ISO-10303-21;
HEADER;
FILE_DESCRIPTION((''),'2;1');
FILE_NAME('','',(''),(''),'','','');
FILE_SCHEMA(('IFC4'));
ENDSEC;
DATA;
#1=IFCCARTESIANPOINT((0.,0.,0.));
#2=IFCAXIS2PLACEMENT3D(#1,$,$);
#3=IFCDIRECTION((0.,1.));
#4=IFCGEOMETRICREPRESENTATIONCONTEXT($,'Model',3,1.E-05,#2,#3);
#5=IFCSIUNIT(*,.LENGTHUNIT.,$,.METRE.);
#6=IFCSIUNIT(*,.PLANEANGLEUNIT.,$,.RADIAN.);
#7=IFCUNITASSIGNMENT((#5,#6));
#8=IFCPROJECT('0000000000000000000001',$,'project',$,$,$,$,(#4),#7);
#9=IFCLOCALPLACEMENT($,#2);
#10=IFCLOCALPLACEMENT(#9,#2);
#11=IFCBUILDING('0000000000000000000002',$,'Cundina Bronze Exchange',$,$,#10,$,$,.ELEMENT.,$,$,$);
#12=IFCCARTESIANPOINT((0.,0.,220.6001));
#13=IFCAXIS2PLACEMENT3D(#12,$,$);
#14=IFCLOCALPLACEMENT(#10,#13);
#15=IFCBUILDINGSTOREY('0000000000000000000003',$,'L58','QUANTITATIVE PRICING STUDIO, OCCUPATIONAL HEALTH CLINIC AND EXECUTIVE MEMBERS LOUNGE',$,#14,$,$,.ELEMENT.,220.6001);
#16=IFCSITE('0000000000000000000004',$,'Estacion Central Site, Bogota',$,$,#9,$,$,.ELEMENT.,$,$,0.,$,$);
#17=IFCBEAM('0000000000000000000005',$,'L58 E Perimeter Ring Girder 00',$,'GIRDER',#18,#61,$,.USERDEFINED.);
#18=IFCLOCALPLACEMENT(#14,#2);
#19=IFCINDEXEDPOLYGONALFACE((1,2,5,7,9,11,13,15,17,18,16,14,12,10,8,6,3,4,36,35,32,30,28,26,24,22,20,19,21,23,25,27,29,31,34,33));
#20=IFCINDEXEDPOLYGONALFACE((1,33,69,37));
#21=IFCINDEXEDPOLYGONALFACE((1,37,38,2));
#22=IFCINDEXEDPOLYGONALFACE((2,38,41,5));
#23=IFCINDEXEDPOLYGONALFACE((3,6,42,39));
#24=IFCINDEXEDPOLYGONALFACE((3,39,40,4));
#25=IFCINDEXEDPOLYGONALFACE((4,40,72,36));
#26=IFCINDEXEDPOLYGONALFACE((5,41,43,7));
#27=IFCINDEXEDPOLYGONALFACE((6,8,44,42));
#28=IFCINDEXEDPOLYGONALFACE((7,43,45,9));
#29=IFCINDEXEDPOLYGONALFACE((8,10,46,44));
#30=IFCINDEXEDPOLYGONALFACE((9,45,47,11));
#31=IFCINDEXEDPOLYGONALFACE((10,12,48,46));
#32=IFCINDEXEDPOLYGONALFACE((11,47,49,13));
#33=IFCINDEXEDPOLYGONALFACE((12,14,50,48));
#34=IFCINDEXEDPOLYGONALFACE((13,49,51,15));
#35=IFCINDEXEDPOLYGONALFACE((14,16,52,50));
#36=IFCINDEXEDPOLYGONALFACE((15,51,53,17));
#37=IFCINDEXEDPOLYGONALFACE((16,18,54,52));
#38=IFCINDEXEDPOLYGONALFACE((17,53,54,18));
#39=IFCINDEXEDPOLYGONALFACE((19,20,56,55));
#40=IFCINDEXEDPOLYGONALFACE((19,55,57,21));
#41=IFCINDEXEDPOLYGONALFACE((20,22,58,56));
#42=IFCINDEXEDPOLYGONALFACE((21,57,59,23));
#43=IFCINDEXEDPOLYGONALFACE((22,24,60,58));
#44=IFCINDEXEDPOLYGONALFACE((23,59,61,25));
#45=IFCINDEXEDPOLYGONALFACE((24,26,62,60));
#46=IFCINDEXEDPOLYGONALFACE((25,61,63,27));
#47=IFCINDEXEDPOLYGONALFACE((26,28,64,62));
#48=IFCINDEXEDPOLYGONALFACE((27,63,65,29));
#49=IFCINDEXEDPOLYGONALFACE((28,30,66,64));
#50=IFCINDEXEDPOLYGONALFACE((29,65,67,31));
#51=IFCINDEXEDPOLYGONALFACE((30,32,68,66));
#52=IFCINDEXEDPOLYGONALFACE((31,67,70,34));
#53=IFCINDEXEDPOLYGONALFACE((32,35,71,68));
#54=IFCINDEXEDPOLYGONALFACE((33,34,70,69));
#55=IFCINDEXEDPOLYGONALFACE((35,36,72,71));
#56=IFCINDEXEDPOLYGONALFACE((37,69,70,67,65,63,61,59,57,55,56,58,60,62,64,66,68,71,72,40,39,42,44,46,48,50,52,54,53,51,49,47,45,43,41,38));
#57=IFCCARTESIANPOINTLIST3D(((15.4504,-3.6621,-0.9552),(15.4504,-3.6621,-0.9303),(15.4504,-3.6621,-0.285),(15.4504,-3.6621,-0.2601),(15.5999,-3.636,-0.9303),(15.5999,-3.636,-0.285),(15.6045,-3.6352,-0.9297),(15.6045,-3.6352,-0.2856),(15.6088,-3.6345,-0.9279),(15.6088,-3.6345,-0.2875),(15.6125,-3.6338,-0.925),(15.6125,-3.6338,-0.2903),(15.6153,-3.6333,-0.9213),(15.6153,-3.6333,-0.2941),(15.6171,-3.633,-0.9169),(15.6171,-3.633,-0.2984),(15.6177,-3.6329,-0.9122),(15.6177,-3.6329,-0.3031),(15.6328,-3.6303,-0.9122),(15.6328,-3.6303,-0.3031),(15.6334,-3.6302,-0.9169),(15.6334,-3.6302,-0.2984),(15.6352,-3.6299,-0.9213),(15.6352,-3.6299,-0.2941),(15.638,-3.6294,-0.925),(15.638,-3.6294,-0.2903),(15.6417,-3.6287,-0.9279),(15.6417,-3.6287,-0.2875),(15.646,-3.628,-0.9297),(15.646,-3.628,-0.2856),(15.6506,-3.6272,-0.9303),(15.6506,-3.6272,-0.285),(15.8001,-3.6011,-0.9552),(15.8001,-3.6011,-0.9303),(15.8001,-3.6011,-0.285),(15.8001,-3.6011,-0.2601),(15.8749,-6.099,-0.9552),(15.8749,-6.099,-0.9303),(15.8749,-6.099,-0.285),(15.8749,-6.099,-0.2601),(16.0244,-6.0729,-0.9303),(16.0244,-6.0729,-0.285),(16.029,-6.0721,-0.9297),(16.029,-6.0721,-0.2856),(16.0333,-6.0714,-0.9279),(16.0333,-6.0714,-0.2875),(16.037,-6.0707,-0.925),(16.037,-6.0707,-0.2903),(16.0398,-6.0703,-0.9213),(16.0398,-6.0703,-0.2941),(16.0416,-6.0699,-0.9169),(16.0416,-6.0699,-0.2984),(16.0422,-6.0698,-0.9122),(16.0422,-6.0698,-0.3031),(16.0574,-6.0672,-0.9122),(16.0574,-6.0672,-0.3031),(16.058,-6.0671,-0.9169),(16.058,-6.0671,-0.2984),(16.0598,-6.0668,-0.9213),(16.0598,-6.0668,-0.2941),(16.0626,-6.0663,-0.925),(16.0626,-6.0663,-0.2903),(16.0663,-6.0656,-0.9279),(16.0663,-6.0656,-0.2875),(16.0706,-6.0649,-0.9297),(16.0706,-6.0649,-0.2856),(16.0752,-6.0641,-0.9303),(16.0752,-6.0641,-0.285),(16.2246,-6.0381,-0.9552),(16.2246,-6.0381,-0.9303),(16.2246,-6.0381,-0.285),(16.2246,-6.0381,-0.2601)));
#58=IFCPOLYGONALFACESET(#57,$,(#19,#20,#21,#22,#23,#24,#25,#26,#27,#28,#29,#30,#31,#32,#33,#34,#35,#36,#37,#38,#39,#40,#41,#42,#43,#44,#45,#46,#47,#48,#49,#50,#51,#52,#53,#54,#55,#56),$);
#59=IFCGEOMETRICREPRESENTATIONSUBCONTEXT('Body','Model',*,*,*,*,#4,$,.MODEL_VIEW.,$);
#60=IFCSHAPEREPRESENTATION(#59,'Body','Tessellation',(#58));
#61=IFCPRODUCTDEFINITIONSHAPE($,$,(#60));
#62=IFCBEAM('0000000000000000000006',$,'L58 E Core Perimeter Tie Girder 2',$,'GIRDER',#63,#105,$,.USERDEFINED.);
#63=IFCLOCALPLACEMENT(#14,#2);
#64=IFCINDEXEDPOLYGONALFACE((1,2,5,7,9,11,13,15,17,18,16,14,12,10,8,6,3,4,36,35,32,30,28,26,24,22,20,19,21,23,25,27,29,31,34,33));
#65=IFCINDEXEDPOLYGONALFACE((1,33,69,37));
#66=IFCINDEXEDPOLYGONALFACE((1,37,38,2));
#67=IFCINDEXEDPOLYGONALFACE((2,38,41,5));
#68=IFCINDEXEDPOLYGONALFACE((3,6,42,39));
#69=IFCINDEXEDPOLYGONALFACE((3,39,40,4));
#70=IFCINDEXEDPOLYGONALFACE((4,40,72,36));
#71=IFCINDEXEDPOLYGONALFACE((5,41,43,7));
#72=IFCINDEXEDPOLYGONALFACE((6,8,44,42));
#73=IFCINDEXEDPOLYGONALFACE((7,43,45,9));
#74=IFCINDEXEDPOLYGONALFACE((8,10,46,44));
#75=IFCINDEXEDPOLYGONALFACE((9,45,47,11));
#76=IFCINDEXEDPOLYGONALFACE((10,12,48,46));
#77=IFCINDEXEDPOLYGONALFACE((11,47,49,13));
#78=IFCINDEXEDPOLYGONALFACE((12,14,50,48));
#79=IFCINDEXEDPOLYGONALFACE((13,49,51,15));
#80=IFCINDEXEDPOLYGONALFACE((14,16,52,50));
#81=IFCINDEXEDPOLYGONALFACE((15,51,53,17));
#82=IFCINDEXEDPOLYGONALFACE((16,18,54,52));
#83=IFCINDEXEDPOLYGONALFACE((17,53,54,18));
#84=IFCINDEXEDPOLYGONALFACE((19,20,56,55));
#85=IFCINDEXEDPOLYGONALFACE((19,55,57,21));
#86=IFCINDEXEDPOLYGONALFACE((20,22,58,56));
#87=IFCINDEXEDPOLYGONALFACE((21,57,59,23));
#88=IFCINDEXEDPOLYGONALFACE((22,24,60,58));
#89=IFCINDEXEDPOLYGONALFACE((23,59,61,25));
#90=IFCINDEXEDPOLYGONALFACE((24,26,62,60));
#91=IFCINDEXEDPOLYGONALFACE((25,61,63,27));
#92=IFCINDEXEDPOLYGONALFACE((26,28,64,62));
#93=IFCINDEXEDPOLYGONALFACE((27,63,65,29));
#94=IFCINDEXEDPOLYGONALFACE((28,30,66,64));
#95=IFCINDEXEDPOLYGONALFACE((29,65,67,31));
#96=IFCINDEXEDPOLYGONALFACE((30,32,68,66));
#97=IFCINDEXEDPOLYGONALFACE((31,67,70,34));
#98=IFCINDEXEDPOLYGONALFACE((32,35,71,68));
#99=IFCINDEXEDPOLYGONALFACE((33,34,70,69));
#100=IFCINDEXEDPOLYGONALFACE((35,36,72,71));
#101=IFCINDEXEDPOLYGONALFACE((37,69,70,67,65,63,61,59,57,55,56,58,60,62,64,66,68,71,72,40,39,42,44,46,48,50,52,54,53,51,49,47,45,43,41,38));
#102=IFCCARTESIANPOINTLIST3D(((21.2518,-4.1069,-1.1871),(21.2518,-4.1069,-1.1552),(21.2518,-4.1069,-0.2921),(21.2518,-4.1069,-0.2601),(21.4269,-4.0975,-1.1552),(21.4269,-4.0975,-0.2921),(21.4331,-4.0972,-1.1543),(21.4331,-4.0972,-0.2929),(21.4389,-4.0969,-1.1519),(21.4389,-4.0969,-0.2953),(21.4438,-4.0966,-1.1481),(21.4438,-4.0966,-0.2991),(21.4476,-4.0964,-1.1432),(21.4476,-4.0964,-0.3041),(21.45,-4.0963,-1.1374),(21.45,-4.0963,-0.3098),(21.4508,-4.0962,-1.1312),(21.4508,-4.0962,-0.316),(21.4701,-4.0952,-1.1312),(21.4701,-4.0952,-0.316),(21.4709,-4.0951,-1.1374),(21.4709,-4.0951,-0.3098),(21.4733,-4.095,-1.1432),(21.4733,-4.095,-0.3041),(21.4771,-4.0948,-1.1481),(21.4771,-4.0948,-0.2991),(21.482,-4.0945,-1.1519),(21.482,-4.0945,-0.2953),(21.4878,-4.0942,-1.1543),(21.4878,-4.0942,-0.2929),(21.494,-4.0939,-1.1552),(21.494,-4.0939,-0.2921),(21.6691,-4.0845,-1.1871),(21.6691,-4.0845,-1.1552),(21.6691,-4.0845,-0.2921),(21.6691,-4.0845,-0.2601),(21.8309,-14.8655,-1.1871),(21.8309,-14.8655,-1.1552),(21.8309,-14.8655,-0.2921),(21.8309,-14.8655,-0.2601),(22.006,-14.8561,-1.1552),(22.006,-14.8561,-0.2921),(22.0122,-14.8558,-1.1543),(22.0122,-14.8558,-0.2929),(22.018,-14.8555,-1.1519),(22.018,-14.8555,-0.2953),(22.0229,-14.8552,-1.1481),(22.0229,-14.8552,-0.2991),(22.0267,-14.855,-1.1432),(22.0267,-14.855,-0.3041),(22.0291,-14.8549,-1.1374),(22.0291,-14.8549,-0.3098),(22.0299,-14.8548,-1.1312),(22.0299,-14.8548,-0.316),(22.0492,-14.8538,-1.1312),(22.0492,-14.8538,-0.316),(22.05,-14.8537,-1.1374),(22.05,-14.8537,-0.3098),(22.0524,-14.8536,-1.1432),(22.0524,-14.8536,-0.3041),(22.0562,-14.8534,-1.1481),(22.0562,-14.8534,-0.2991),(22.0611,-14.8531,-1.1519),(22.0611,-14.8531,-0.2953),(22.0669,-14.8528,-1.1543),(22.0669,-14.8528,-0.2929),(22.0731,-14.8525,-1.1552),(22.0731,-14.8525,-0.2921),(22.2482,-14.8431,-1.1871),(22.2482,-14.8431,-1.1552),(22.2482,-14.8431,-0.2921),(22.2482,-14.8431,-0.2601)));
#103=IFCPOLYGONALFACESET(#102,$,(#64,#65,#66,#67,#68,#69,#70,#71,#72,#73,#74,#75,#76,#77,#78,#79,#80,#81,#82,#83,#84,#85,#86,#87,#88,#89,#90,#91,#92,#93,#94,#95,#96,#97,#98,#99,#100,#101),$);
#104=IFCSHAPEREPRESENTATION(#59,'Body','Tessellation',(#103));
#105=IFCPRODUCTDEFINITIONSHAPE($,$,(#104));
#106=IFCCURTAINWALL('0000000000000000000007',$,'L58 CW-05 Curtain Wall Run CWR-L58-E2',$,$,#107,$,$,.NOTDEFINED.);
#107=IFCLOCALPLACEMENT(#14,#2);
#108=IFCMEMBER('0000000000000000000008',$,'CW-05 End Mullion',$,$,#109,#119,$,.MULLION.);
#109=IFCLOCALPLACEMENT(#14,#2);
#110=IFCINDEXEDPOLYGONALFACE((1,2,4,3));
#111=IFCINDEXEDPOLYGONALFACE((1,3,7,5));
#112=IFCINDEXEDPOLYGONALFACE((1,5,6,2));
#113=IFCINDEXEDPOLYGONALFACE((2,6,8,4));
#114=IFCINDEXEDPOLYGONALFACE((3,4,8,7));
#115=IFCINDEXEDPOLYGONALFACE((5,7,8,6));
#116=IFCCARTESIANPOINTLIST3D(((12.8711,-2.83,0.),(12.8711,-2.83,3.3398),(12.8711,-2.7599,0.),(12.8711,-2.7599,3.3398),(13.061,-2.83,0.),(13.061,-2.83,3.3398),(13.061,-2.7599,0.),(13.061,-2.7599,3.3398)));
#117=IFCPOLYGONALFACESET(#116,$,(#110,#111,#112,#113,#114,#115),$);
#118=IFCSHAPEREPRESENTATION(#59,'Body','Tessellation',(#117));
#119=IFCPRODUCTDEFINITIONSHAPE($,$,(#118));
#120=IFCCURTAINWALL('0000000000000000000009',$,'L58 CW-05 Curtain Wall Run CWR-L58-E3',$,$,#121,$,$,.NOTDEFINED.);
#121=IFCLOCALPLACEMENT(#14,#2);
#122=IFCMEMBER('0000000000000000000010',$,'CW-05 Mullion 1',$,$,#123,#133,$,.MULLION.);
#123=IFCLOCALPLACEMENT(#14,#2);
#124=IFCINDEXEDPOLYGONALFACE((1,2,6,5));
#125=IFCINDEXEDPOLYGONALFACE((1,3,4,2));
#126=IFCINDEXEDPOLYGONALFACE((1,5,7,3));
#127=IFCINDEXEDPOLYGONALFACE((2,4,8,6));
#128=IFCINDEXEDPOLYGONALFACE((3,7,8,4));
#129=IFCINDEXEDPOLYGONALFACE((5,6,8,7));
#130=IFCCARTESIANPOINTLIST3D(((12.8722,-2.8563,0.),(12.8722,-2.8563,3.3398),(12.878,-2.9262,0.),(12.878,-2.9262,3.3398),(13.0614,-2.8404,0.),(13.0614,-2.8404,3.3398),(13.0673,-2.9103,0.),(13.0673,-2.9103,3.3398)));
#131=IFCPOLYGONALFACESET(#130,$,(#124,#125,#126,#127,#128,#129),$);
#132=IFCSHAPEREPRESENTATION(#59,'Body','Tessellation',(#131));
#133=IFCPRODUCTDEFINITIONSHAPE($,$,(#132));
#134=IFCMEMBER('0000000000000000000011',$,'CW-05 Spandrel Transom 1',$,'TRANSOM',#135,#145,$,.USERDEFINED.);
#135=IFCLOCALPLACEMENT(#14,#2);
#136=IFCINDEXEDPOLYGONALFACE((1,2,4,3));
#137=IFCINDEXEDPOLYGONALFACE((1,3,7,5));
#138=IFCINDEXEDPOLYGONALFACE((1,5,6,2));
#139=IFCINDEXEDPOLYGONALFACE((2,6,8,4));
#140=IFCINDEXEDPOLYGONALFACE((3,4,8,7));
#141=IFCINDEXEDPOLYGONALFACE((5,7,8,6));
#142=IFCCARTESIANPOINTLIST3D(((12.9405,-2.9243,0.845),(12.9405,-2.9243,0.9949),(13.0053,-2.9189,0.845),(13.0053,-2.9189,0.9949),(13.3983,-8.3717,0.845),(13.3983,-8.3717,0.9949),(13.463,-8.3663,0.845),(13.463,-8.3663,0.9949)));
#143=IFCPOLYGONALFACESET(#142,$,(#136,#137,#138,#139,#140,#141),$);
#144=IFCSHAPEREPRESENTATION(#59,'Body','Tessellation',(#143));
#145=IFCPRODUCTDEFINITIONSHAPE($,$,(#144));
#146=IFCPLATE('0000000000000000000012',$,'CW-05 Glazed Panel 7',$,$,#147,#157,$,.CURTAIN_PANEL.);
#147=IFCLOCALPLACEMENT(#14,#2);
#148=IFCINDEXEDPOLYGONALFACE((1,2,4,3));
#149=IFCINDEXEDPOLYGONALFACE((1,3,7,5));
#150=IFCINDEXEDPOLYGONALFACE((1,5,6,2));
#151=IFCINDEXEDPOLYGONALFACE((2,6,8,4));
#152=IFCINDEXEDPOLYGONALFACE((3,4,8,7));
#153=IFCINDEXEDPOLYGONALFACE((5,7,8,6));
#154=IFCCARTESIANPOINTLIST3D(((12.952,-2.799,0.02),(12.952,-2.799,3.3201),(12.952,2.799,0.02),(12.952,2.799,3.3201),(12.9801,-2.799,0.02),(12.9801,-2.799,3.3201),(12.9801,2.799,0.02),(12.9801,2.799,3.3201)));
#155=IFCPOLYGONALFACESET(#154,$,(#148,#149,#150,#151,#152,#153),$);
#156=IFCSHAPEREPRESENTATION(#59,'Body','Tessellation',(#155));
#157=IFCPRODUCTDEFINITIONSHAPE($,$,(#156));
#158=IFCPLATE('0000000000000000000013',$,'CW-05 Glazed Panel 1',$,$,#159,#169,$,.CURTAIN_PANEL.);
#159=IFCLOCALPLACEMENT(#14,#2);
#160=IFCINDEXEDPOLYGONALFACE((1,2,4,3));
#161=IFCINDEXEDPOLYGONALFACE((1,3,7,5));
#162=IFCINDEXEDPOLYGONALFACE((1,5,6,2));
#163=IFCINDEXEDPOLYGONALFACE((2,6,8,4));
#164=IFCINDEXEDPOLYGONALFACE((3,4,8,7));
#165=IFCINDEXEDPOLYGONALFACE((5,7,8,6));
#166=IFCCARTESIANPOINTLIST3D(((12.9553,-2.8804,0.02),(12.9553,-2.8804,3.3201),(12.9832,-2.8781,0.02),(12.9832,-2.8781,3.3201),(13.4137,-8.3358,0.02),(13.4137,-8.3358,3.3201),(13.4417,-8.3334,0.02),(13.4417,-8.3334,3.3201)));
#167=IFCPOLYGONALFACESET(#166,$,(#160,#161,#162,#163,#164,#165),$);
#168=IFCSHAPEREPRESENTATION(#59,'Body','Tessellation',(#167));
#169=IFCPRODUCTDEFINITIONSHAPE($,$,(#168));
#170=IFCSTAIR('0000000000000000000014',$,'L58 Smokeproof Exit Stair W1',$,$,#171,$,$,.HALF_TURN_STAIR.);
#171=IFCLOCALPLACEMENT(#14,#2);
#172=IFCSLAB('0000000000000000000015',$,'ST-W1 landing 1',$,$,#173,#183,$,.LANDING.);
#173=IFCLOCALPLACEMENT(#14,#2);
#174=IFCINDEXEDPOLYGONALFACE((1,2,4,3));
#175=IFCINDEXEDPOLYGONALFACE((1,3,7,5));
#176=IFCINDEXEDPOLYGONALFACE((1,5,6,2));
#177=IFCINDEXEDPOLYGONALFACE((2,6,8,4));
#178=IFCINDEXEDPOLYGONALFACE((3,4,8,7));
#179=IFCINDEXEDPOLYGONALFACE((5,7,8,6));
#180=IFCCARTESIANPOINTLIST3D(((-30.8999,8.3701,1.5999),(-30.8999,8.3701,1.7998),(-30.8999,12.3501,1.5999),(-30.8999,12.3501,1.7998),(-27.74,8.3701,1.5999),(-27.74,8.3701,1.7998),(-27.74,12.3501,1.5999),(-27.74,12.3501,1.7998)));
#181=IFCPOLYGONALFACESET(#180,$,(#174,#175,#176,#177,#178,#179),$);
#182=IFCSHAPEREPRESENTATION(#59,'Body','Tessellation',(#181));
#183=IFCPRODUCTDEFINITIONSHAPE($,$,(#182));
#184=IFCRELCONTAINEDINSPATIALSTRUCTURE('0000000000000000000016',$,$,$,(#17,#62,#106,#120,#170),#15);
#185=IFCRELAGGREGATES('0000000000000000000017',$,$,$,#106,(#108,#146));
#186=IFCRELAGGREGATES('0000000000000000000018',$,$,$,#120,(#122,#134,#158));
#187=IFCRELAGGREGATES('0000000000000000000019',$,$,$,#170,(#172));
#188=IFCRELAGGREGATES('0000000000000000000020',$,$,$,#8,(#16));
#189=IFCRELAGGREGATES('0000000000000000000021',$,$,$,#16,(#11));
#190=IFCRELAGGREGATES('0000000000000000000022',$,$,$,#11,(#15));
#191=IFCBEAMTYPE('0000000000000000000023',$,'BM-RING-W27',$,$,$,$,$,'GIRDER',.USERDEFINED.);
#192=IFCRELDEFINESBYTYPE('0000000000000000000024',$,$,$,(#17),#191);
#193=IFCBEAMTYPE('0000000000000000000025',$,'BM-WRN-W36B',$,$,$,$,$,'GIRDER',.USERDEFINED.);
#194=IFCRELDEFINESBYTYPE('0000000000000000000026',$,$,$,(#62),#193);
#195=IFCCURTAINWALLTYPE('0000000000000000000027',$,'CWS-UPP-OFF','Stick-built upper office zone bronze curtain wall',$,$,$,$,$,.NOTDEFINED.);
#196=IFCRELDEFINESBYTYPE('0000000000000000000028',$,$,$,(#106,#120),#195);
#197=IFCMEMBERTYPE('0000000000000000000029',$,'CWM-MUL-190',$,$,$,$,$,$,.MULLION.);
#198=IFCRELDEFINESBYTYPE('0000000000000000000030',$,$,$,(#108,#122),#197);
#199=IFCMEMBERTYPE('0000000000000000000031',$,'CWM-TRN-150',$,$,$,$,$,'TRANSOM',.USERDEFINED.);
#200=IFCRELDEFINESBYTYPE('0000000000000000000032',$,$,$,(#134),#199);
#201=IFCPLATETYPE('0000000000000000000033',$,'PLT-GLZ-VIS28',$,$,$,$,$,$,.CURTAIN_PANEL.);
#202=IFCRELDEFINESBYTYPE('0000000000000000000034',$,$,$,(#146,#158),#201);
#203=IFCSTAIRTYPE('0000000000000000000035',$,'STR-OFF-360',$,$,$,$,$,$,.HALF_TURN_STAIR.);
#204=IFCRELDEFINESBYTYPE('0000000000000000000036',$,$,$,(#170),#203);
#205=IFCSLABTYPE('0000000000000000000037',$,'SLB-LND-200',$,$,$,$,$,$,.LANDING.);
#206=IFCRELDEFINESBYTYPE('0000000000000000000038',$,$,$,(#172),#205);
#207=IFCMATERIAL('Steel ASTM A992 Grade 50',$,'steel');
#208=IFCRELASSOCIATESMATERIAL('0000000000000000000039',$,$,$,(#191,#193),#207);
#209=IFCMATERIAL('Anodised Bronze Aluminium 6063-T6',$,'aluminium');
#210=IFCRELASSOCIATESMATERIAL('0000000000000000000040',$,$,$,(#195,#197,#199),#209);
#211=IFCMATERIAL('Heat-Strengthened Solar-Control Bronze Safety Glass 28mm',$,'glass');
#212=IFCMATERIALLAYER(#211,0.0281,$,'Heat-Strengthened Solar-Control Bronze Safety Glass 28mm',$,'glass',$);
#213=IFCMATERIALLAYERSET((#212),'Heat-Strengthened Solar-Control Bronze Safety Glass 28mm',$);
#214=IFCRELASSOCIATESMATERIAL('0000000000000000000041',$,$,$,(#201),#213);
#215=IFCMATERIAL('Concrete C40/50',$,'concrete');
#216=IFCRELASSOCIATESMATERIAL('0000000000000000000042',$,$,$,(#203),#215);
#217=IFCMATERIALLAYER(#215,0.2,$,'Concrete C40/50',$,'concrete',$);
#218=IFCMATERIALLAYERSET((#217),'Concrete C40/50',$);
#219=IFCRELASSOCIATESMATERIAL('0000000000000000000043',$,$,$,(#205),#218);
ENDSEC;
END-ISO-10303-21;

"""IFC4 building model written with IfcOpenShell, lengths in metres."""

from ifc_helpers import new_model, si_unit, direction, frame, origin, origin_2d, place, context, subcontext, project, spatial, polyline, rectangle, i_section, outline, extrude, material, layer, layer_set, material_profile, profile_set, type_object, element, aggregate, save


model = new_model("IFC4")

# Units and contexts
model_context = context("Model", 3, precision=1e-05, world=origin(), true_north=direction((0.0, 1.0)))
body_context = subcontext(model_context, "Body", "Model", "MODEL_VIEW")
ifc_project = project(units=[si_unit("LENGTHUNIT", "METRE"), si_unit("PLANEANGLEUNIT", "RADIAN")], contexts=[model_context])

# Site, building, storey
site_placement = place(None, origin())
site = spatial("IfcSite", under=ifc_project, at=site_placement, Name="Estacion Central Site, Bogota", CompositionType="ELEMENT", RefElevation=0.0)
building_placement = place(site_placement, origin())
building = spatial("IfcBuilding", under=site, at=building_placement, Name="Cundina Bronze Exchange", CompositionType="ELEMENT")
storey_placement = place(building_placement, frame((0.0, 0.0, 220.6001)))
storey = spatial("IfcBuildingStorey", under=building, at=storey_placement, Name="L58", Description="QUANTITATIVE PRICING STUDIO, OCCUPATIONAL HEALTH CLINIC AND EXECUTIVE MEMBERS LOUNGE", CompositionType="ELEMENT", Elevation=220.6001)

# Shared definitions
ifc_material_1 = material(Name="Steel ASTM A992 Grade 50", Category="steel")

# Beams
ifc_material_profile_1 = material_profile(ifc_material_1, i_section(OverallWidth=0.355, OverallDepth=0.6951, WebThickness=0.0154, FlangeThickness=0.0249, FilletRadius=0.0181, at=origin_2d()), Name="W27X146", Category="steel")
ifc_profile_set_1 = profile_set([ifc_material_profile_1], Name="Steel ASTM A992 Grade 50")
beam_type_1 = type_object("IfcBeamType", Name="BM-RING-W27", ElementType="GIRDER", PredefinedType="USERDEFINED", material=ifc_profile_set_1)
beam_1_placement = place(storey_placement, frame((15.6252, -3.6316, -0.6077), z_axis=(0.171629, -0.985162, 0.0), x_axis=(0.985162, 0.171629, 0.0)))
element("IfcBeam", 1, at=beam_1_placement, inside=storey, type_object=beam_type_1, Name="L58 E Perimeter Ring Girder 00", ObjectType="GIRDER", PredefinedType="USERDEFINED", context=body_context, shape_type="SweptSolid", body=[
    extrude(i_section(OverallWidth=0.355, OverallDepth=0.6951, WebThickness=0.0154, FlangeThickness=0.0249, FilletRadius=0.0181, at=origin_2d()), origin(), (0.0, 0.0, 1.0), 2.4736),
])
ifc_material_profile_2 = material_profile(ifc_material_1, i_section(OverallWidth=0.418, OverallDepth=0.927, WebThickness=0.0193, FlangeThickness=0.032, FilletRadius=0.0239, at=origin_2d()), Name="W36X231", Category="steel")
ifc_profile_set_2 = profile_set([ifc_material_profile_2], Name="Steel ASTM A992 Grade 50")
beam_type_2 = type_object("IfcBeamType", Name="BM-WRN-W36B", ElementType="GIRDER", PredefinedType="USERDEFINED", material=ifc_profile_set_2)
beam_2_placement = place(storey_placement, frame((21.4604, -4.0957, -0.7236), z_axis=(0.053749, -0.998554, 0.0), x_axis=(0.998554, 0.053749, 0.0)))
element("IfcBeam", 2, at=beam_2_placement, inside=storey, type_object=beam_type_2, Name="L58 E Core Perimeter Tie Girder 2", ObjectType="GIRDER", PredefinedType="USERDEFINED", context=body_context, shape_type="SweptSolid", body=[
    extrude(i_section(OverallWidth=0.418, OverallDepth=0.927, WebThickness=0.0193, FlangeThickness=0.032, FilletRadius=0.0239, at=origin_2d()), origin(), (0.0, 0.0, 1.0), 10.7742),
])

# Curtain wall, member
ifc_material_2 = material(Name="Anodised Bronze Aluminium 6063-T6", Category="aluminium")
curtain_wall_type = type_object("IfcCurtainWallType", Name="CWS-UPP-OFF", Description="Stick-built upper office zone bronze curtain wall", PredefinedType="NOTDEFINED", material=ifc_material_2)
curtain_wall_1_placement = place(storey_placement, origin())
curtain_wall_1 = element("IfcCurtainWall", 3, at=curtain_wall_1_placement, inside=storey, type_object=curtain_wall_type, Name="L58 CW-05 Curtain Wall Run CWR-L58-E2", PredefinedType="NOTDEFINED")
ifc_material_profile_3 = material_profile(ifc_material_2, rectangle(XDim=0.0701, YDim=0.1899, at=origin_2d()), Name="AL70X190", Category="aluminium")
ifc_profile_set_3 = profile_set([ifc_material_profile_3], Name="Anodised Bronze Aluminium 6063-T6")
member_type_1 = type_object("IfcMemberType", Name="CWM-MUL-190", PredefinedType="MULLION", material=ifc_profile_set_3)
member_1_placement = place(storey_placement, frame((12.9661, -2.7949, 0.0), z_axis=(0.0, 0.0, 1.0), x_axis=(0.0, -1.0, 0.0)))
member_1 = element("IfcMember", 4, at=member_1_placement, type_object=member_type_1, Name="CW-05 End Mullion", PredefinedType="MULLION", context=body_context, shape_type="SweptSolid", body=[
    extrude(rectangle(XDim=0.0701, YDim=0.1899, at=origin_2d()), origin(), (0.0, 0.0, 1.0), 3.3398),
])

# Curtain wall, members
curtain_wall_2_placement = place(storey_placement, origin())
curtain_wall_2 = element("IfcCurtainWall", 5, at=curtain_wall_2_placement, inside=storey, type_object=curtain_wall_type, Name="L58 CW-05 Curtain Wall Run CWR-L58-E3", PredefinedType="NOTDEFINED")
member_2_placement = place(storey_placement, frame((12.9697, -2.8833, 0.0), z_axis=(0.0, 0.0, 1.0), x_axis=(0.083678, -0.996493, 0.0)))
member_2 = element("IfcMember", 6, at=member_2_placement, type_object=member_type_1, Name="CW-05 Mullion 1", PredefinedType="MULLION", context=body_context, shape_type="SweptSolid", body=[
    extrude(rectangle(XDim=0.0701, YDim=0.1899, at=origin_2d()), origin(), (0.0, 0.0, 1.0), 3.3398),
])
ifc_material_profile_4 = material_profile(ifc_material_2, rectangle(XDim=0.0649, YDim=0.1499, at=origin_2d()), Name="AL65X150", Category="aluminium")
ifc_profile_set_4 = profile_set([ifc_material_profile_4], Name="Anodised Bronze Aluminium 6063-T6")
member_type_2 = type_object("IfcMemberType", Name="CWM-TRN-150", ElementType="TRANSOM", PredefinedType="USERDEFINED", material=ifc_profile_set_4)
member_3_placement = place(storey_placement, frame((12.9729, -2.9216, 0.9199), z_axis=(0.08374, -0.996488, 0.0), x_axis=(0.996488, 0.08374, 0.0)))
member_3 = element("IfcMember", 7, at=member_3_placement, type_object=member_type_2, Name="CW-05 Spandrel Transom 1", ObjectType="TRANSOM", PredefinedType="USERDEFINED", context=body_context, shape_type="SweptSolid", body=[
    extrude(rectangle(XDim=0.0649, YDim=0.1499, at=origin_2d()), origin(), (0.0, 0.0, 1.0), 5.4666),
])

# Plates
ifc_material_3 = material(Name="Heat-Strengthened Solar-Control Bronze Safety Glass 28mm", Category="glass")
ifc_layer_1 = layer(ifc_material_3, 0.0281, Name="Heat-Strengthened Solar-Control Bronze Safety Glass 28mm", Category="glass")
ifc_layer_set_1 = layer_set([ifc_layer_1], Name="Heat-Strengthened Solar-Control Bronze Safety Glass 28mm")
plate_type = type_object("IfcPlateType", Name="PLT-GLZ-VIS28", PredefinedType="CURTAIN_PANEL", material=ifc_layer_set_1)
plate_1_placement = place(storey_placement, frame((12.9661, 0.0, 0.02), z_axis=(0.0, 0.0, 1.0), x_axis=(0.0, -1.0, 0.0)))
plate_1 = element("IfcPlate", 8, at=plate_1_placement, type_object=plate_type, Name="CW-05 Glazed Panel 7", PredefinedType="CURTAIN_PANEL", context=body_context, shape_type="SweptSolid", body=[
    extrude(rectangle(XDim=5.5979, YDim=0.0281, at=origin_2d()), origin(), (0.0, 0.0, 1.0), 3.3),
])
aggregate(curtain_wall_1, [member_1, plate_1])
plate_2_placement = place(storey_placement, frame((13.1985, -5.6069, 0.02), z_axis=(0.0, 0.0, 1.0), x_axis=(0.083747, -0.996487, 0.0)))
plate_2 = element("IfcPlate", 9, at=plate_2_placement, type_object=plate_type, Name="CW-05 Glazed Panel 1", PredefinedType="CURTAIN_PANEL", context=body_context, shape_type="SweptSolid", body=[
    extrude(rectangle(XDim=5.4746, YDim=0.0281, at=origin_2d()), origin(), (0.0, 0.0, 1.0), 3.3),
])
aggregate(curtain_wall_2, [member_2, member_3, plate_2])

# Stair, slab
ifc_material_4 = material(Name="Concrete C40/50", Category="concrete")
stair_type = type_object("IfcStairType", Name="STR-OFF-360", PredefinedType="HALF_TURN_STAIR", material=ifc_material_4)
stair_1_placement = place(storey_placement, origin())
stair_1 = element("IfcStair", 10, at=stair_1_placement, inside=storey, type_object=stair_type, Name="L58 Smokeproof Exit Stair W1", PredefinedType="HALF_TURN_STAIR")
ifc_layer_2 = layer(ifc_material_4, 0.2, Name="Concrete C40/50", Category="concrete")
ifc_layer_set_2 = layer_set([ifc_layer_2], Name="Concrete C40/50")
slab_type = type_object("IfcSlabType", Name="SLB-LND-200", PredefinedType="LANDING", material=ifc_layer_set_2)
slab_1_placement = place(storey_placement, frame((0.0, 0.0, 1.5999)))
slab_1 = element("IfcSlab", 11, at=slab_1_placement, type_object=slab_type, Name="ST-W1 landing 1", PredefinedType="LANDING", context=body_context, shape_type="SweptSolid", body=[
    extrude(outline(polyline([(-27.74, 8.3701), (-27.74, 12.3501), (-30.8999, 12.3501), (-30.8999, 8.3701), (-27.74, 8.3701)])), origin(), (0.0, 0.0, 1.0), 0.2),
])
aggregate(stair_1, [slab_1])

save(model, "model.ifc")
